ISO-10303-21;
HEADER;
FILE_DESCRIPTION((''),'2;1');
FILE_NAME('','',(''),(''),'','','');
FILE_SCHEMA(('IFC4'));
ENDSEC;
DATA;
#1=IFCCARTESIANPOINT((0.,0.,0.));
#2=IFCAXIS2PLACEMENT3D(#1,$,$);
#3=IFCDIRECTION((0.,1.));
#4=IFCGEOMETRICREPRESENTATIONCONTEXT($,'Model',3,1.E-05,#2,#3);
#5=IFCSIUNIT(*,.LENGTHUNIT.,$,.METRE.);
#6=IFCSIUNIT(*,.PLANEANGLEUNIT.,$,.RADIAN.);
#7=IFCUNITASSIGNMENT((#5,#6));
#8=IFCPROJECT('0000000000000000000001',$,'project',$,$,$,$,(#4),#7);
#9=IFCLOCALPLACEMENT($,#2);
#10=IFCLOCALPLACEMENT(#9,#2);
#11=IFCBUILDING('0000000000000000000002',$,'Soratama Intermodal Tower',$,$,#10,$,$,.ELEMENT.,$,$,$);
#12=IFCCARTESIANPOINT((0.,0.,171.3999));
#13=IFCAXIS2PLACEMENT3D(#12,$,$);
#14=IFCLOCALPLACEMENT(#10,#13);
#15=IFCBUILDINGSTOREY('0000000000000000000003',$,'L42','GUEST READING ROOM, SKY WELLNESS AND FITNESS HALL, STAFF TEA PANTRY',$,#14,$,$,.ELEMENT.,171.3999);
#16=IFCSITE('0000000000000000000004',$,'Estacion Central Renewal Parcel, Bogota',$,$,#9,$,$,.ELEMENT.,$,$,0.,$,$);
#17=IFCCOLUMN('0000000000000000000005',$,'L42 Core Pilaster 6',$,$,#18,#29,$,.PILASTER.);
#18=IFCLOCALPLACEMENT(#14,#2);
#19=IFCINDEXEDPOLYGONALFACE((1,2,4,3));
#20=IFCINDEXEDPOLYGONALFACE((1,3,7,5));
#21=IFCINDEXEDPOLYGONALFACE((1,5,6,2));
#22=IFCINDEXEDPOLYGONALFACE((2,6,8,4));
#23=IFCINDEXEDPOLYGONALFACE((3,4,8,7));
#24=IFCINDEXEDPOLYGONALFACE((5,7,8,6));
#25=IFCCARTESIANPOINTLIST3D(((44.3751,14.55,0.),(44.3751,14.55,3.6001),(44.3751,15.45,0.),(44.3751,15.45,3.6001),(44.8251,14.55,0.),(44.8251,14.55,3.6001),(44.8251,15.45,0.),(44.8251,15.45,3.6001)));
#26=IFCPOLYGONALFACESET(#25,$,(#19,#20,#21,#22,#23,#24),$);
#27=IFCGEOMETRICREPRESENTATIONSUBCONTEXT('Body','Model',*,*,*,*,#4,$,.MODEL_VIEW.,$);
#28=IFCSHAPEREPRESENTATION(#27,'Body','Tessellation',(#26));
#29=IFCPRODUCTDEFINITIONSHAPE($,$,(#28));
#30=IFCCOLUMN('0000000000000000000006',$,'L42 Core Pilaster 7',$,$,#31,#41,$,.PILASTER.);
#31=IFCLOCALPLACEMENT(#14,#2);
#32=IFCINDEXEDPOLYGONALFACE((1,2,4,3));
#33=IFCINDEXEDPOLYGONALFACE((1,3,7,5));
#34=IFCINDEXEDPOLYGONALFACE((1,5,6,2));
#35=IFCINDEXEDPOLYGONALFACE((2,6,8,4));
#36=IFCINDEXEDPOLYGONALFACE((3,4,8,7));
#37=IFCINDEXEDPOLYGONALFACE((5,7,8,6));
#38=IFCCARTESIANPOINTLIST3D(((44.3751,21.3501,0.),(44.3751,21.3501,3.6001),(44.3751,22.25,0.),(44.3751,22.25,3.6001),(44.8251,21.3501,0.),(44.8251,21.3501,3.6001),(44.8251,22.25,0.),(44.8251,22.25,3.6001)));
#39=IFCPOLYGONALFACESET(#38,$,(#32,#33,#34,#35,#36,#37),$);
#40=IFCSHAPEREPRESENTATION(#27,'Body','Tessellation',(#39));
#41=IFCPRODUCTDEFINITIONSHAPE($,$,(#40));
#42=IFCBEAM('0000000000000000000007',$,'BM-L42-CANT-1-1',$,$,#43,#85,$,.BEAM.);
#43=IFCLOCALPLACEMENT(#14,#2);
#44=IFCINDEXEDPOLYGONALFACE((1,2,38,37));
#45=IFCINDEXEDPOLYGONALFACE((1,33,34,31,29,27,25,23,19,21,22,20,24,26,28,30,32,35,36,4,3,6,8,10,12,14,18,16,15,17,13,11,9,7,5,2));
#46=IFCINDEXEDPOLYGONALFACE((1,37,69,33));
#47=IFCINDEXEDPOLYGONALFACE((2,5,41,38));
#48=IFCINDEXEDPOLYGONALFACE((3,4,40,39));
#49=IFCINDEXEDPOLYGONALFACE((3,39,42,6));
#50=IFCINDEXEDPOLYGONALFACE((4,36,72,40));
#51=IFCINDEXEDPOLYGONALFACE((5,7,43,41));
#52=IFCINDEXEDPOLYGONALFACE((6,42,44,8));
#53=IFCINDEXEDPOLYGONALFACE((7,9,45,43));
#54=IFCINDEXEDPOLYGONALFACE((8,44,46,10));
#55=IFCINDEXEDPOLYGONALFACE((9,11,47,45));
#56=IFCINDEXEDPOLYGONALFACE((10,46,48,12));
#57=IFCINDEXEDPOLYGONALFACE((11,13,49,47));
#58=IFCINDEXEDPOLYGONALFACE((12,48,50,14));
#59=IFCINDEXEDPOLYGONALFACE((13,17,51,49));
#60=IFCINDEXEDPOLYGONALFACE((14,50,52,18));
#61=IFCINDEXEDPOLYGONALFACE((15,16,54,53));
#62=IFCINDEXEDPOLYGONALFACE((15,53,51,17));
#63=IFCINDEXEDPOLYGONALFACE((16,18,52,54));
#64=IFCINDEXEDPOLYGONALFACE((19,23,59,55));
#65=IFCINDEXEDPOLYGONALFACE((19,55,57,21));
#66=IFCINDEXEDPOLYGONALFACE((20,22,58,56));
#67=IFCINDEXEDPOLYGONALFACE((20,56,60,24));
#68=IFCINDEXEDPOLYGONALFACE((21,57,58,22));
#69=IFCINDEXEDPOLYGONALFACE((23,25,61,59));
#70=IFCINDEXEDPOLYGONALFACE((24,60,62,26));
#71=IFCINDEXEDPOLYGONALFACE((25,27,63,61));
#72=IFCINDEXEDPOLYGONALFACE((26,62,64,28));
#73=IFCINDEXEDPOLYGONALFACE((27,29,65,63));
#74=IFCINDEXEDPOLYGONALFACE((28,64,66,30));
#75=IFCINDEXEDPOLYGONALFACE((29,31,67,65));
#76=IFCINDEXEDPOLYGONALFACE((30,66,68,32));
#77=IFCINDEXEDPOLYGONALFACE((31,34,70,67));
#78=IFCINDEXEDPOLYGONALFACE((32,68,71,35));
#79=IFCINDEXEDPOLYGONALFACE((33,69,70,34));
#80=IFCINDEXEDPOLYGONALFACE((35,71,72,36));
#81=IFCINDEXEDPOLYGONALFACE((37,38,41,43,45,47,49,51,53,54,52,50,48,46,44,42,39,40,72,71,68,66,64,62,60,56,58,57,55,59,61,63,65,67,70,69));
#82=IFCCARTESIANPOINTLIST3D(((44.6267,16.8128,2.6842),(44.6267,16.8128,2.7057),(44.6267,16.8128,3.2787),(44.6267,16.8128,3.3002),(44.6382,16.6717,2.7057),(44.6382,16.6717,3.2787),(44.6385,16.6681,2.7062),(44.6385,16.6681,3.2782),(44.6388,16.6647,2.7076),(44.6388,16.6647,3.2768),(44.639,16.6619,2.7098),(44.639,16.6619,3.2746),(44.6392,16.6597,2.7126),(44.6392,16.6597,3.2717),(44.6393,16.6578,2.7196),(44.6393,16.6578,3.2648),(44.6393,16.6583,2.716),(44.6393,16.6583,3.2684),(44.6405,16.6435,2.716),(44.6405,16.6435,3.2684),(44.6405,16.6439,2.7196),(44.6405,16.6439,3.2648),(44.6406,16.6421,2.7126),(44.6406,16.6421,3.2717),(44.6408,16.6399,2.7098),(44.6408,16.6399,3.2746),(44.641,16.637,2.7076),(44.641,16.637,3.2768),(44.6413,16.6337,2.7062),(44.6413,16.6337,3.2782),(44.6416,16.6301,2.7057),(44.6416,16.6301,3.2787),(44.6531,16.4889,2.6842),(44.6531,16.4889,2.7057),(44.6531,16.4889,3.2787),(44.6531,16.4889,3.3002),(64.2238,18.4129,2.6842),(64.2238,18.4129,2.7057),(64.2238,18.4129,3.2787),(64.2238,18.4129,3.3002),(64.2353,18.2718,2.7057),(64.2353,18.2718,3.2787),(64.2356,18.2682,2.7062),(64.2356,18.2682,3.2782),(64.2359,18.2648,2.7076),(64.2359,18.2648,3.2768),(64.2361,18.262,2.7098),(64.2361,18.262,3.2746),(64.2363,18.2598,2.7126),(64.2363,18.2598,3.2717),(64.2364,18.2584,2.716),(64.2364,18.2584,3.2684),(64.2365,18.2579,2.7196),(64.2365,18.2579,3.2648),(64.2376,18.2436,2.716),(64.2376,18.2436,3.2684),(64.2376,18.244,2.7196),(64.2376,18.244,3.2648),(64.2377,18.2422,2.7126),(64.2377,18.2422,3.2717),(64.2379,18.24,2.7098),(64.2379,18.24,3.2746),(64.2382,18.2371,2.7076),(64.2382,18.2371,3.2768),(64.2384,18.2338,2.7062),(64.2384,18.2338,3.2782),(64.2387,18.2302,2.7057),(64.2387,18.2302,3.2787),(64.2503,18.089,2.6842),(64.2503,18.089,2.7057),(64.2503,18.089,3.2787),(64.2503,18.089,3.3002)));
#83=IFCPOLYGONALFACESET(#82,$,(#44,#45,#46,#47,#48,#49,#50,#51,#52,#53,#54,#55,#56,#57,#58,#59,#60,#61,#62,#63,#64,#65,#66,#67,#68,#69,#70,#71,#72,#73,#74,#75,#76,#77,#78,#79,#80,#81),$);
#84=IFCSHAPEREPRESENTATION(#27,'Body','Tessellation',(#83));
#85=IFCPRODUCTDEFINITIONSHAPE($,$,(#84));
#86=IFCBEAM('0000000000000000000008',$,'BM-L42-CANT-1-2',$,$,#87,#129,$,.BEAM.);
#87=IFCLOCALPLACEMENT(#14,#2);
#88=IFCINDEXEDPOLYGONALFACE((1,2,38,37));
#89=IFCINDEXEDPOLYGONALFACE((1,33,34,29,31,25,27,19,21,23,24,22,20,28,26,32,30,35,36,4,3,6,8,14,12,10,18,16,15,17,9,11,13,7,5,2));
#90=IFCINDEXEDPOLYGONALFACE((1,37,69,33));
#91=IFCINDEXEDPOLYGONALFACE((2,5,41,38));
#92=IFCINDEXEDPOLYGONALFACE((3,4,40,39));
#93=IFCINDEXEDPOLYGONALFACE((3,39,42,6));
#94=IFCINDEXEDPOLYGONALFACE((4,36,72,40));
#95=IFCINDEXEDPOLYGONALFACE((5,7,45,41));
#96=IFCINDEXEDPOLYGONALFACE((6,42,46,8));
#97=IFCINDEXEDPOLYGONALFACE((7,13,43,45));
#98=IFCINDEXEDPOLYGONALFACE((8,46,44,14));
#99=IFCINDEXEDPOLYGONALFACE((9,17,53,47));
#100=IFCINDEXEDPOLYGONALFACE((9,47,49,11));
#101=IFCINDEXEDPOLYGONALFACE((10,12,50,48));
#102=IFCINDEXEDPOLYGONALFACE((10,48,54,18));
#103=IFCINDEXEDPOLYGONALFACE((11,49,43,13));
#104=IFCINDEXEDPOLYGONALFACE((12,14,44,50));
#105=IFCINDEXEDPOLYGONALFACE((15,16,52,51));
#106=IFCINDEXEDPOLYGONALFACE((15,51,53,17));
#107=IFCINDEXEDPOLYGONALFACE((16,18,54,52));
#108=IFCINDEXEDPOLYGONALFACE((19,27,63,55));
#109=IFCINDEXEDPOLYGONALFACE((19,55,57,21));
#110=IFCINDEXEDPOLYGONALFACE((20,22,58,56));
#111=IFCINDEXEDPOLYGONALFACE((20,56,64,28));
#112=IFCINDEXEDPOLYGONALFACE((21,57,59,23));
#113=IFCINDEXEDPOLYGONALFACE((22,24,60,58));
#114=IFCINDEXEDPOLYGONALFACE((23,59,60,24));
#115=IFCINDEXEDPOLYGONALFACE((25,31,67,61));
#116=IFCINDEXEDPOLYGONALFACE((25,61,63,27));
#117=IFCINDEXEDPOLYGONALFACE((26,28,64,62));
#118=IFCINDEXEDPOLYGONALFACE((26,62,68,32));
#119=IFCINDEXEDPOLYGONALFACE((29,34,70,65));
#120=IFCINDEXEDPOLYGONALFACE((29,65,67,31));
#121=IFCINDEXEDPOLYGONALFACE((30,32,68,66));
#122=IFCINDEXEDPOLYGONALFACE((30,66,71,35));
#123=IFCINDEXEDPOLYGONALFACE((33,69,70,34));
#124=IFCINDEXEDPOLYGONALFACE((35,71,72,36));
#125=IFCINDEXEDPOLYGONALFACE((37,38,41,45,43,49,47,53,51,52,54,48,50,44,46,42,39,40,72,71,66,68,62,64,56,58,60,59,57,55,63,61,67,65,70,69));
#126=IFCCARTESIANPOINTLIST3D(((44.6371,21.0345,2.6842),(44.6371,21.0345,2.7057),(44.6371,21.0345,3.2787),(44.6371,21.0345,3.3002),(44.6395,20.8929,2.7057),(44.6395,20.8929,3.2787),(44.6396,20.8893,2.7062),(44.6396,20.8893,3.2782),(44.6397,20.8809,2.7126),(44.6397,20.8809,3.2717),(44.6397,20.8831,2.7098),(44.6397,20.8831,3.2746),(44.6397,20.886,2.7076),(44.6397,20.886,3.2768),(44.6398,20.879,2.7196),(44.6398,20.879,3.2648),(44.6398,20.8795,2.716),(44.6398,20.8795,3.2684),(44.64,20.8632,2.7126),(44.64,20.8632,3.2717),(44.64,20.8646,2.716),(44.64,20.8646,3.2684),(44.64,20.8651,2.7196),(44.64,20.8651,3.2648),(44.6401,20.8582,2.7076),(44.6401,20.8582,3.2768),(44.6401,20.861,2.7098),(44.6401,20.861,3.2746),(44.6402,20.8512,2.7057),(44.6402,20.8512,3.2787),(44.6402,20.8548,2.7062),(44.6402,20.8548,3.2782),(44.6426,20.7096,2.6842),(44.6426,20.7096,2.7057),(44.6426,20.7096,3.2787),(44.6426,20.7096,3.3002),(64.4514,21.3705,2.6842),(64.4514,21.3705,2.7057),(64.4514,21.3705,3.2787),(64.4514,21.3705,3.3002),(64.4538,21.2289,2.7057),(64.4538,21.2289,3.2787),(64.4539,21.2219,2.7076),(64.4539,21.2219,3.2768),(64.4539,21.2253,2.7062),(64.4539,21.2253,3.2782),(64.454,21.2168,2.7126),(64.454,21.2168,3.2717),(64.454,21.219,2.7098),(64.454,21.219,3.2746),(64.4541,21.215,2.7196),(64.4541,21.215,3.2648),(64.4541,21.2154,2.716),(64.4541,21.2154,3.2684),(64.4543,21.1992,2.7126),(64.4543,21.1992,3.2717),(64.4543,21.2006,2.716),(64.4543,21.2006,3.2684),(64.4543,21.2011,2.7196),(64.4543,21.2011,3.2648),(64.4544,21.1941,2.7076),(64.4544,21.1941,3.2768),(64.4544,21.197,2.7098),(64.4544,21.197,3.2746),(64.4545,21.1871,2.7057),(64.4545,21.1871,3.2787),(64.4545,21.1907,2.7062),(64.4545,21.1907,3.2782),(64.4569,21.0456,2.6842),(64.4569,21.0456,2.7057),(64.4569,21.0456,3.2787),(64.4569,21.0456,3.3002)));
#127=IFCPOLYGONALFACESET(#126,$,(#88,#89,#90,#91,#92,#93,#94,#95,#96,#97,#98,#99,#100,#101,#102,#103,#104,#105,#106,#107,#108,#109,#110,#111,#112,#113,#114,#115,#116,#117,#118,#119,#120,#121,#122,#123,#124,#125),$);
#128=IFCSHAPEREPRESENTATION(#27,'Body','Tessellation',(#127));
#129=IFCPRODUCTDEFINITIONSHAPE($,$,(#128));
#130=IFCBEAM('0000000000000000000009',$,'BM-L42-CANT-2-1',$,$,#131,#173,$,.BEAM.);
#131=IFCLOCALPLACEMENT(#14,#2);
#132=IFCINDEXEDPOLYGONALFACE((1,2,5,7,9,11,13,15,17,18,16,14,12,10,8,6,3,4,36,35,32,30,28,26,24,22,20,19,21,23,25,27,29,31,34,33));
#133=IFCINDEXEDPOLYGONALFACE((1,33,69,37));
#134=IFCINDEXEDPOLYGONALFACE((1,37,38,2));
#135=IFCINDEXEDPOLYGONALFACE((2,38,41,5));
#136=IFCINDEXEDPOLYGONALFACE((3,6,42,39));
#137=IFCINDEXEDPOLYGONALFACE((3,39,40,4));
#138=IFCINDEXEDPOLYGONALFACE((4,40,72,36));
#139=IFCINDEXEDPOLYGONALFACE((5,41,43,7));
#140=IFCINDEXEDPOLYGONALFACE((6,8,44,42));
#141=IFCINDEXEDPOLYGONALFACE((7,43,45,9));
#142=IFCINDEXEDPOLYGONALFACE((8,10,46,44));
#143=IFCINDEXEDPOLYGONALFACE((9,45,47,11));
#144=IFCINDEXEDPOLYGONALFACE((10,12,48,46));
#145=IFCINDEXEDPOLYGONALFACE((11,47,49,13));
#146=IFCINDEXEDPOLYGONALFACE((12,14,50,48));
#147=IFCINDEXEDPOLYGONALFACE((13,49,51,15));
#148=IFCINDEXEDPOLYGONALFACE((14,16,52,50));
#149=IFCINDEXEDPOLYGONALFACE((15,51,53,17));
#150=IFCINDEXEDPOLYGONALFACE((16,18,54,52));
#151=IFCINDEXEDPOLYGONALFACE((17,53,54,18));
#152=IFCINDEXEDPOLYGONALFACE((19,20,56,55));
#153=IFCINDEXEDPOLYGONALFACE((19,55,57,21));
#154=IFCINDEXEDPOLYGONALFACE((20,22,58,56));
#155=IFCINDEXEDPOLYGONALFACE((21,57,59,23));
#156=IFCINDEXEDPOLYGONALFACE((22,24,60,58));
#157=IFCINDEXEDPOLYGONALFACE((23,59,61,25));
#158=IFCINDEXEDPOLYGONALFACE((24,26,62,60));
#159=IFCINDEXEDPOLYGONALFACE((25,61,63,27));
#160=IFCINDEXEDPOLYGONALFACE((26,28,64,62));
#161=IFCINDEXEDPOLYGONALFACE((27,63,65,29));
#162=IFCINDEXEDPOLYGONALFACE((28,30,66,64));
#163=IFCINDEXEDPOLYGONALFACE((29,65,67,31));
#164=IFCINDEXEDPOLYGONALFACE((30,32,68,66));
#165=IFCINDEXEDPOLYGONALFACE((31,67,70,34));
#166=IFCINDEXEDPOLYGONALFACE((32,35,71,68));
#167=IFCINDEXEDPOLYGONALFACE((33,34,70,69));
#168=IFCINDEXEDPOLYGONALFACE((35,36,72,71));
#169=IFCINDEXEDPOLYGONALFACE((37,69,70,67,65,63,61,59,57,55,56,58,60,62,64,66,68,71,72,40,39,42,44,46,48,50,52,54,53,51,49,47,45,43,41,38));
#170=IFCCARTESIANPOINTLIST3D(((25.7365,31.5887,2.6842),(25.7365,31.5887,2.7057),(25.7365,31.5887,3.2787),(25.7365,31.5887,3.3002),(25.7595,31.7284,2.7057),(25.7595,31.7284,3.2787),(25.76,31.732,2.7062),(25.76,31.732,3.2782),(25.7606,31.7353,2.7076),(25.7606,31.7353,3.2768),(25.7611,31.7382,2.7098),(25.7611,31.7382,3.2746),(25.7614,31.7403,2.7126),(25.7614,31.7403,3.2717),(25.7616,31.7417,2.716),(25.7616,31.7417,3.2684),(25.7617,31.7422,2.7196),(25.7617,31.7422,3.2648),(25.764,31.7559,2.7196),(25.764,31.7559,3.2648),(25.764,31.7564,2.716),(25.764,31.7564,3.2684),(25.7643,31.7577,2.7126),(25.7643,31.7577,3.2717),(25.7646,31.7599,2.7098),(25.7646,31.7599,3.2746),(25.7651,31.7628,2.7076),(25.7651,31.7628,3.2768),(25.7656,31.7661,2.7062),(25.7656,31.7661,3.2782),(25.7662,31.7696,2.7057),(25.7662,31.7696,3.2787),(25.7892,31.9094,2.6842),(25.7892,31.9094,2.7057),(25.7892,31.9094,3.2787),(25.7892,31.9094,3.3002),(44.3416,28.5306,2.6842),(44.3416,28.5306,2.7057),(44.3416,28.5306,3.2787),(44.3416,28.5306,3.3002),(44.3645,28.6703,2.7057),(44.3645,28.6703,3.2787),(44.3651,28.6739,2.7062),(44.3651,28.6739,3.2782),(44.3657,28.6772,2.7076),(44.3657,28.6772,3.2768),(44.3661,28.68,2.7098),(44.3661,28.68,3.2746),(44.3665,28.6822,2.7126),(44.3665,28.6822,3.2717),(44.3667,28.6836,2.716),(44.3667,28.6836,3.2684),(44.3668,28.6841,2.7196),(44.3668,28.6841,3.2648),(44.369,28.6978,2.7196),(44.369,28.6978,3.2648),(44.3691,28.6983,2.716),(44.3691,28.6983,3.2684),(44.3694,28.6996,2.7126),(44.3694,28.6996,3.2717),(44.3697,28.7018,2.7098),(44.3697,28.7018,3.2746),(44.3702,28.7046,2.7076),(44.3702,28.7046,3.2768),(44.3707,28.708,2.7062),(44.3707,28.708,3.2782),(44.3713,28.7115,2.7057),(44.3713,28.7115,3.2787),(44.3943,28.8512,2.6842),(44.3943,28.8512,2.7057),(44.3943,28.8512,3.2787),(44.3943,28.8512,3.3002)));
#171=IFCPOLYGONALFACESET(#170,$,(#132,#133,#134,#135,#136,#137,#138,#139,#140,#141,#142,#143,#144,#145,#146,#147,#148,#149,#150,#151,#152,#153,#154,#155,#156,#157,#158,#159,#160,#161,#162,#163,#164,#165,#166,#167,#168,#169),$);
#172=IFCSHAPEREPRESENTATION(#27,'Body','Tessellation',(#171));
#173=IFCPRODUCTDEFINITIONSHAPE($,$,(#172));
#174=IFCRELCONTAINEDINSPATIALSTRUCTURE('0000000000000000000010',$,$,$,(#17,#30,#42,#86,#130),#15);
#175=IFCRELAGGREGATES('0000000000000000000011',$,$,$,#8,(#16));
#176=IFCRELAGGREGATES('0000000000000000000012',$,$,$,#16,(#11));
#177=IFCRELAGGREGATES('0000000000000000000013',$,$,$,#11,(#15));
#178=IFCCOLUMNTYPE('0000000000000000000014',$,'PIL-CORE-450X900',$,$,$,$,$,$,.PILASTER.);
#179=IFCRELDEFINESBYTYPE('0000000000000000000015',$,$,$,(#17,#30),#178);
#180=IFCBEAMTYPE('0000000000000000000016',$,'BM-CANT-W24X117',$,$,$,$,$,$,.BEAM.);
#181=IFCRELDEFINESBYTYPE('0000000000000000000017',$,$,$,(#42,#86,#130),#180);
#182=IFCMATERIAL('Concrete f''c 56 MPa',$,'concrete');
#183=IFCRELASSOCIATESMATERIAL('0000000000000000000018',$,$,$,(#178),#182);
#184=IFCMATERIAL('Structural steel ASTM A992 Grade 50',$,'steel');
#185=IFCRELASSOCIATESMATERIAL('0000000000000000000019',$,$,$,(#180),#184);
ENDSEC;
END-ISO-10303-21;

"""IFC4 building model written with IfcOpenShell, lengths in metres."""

from ifc_helpers import new_model, si_unit, direction, frame, origin, origin_2d, place, context, subcontext, project, spatial, rectangle, i_section, extrude, material, material_profile, profile_set, type_object, element, save


model = new_model("IFC4")

# Units and contexts
model_context = context("Model", 3, precision=1e-05, world=origin(), true_north=direction((0.0, 1.0)))
body_context = subcontext(model_context, "Body", "Model", "MODEL_VIEW")
ifc_project = project(units=[si_unit("LENGTHUNIT", "METRE"), si_unit("PLANEANGLEUNIT", "RADIAN")], contexts=[model_context])

# Site, building, storey
site_placement = place(None, origin())
site = spatial("IfcSite", under=ifc_project, at=site_placement, Name="Estacion Central Renewal Parcel, Bogota", CompositionType="ELEMENT", RefElevation=0.0)
building_placement = place(site_placement, origin())
building = spatial("IfcBuilding", under=site, at=building_placement, Name="Soratama Intermodal Tower", CompositionType="ELEMENT")
storey_placement = place(building_placement, frame((0.0, 0.0, 171.3999)))
storey = spatial("IfcBuildingStorey", under=building, at=storey_placement, Name="L42", Description="GUEST READING ROOM, SKY WELLNESS AND FITNESS HALL, STAFF TEA PANTRY", CompositionType="ELEMENT", Elevation=171.3999)

# Columns
ifc_material_1 = material(Name="Concrete f'c 56 MPa", Category="concrete")
ifc_material_profile_1 = material_profile(ifc_material_1, rectangle(XDim=0.45, YDim=0.8999, at=origin_2d()), Name="RC450X900")
ifc_profile_set_1 = profile_set([ifc_material_profile_1], Name="Concrete f'c 56 MPa")
column_type = type_object("IfcColumnType", Name="PIL-CORE-450X900", PredefinedType="PILASTER", material=ifc_profile_set_1)
for number, where, z_axis, x_axis, name in (
    (1, (44.6001, 15.0, 0.0), (0.0, 0.0, 1.0), (1.0, 0.0, 0.0), "L42 Core Pilaster 6"),
    (2, (44.6001, 21.8, 0.0), (0.0, 0.0, 1.0), (1.0, 0.0, 0.0), "L42 Core Pilaster 7"),
):
    element("IfcColumn", number, at=place(storey_placement, frame(where, z_axis=z_axis, x_axis=x_axis)), inside=storey, type_object=column_type, Name=name, PredefinedType="PILASTER", context=body_context, shape_type="SweptSolid", body=[
        extrude(rectangle(XDim=0.45, YDim=0.8999, at=origin_2d()), origin(), (0.0, 0.0, 1.0), 3.6001),
    ])

# Beams
ifc_material_2 = material(Name="Structural steel ASTM A992 Grade 50", Category="steel")
ifc_material_profile_2 = material_profile(ifc_material_2, i_section(OverallWidth=0.325, OverallDepth=0.616, WebThickness=0.0139, FlangeThickness=0.0215, FilletRadius=0.0139, at=origin_2d()), Name="W24X117")
ifc_profile_set_2 = profile_set([ifc_material_profile_2], Name="Structural steel ASTM A992 Grade 50")
beam_type_1 = type_object("IfcBeamType", Name="BM-CANT-W24X117", PredefinedType="BEAM", material=ifc_profile_set_2)
beam_1_placement = place(storey_placement, frame((44.6399, 16.6509, 2.9922), z_axis=(0.996683, 0.081379, 0.0), x_axis=(-0.081379, 0.996683, 0.0)))
element("IfcBeam", 3, at=beam_1_placement, inside=storey, type_object=beam_type_1, Name="BM-L42-CANT-1-1", PredefinedType="BEAM", context=body_context, shape_type="SweptSolid", body=[
    extrude(i_section(OverallWidth=0.325, OverallDepth=0.616, WebThickness=0.0139, FlangeThickness=0.0215, FilletRadius=0.0139, at=origin_2d()), origin(), (0.0, 0.0, 1.0), 19.6624),
])
beam_2_placement = place(storey_placement, frame((44.6399, 20.8721, 2.9922), z_axis=(0.999856, 0.016952, 0.0), x_axis=(-0.016952, 0.999856, 0.0)))
element("IfcBeam", 4, at=beam_2_placement, inside=storey, type_object=beam_type_1, Name="BM-L42-CANT-1-2", PredefinedType="BEAM", context=body_context, shape_type="SweptSolid", body=[
    extrude(i_section(OverallWidth=0.325, OverallDepth=0.616, WebThickness=0.0139, FlangeThickness=0.0215, FilletRadius=0.0139, at=origin_2d()), origin(), (0.0, 0.0, 1.0), 19.8171),
])
beam_3_placement = place(storey_placement, frame((44.3679, 28.6909, 2.9922), z_axis=(-0.986759, 0.162194, 0.0), x_axis=(-0.162194, -0.986759, 0.0)))
element("IfcBeam", 5, at=beam_3_placement, inside=storey, type_object=beam_type_1, Name="BM-L42-CANT-2-1", PredefinedType="BEAM", context=body_context, shape_type="SweptSolid", body=[
    extrude(i_section(OverallWidth=0.325, OverallDepth=0.616, WebThickness=0.0139, FlangeThickness=0.0215, FilletRadius=0.0139, at=origin_2d()), origin(), (0.0, 0.0, 1.0), 18.8547),
])

save(model, "model.ifc")
